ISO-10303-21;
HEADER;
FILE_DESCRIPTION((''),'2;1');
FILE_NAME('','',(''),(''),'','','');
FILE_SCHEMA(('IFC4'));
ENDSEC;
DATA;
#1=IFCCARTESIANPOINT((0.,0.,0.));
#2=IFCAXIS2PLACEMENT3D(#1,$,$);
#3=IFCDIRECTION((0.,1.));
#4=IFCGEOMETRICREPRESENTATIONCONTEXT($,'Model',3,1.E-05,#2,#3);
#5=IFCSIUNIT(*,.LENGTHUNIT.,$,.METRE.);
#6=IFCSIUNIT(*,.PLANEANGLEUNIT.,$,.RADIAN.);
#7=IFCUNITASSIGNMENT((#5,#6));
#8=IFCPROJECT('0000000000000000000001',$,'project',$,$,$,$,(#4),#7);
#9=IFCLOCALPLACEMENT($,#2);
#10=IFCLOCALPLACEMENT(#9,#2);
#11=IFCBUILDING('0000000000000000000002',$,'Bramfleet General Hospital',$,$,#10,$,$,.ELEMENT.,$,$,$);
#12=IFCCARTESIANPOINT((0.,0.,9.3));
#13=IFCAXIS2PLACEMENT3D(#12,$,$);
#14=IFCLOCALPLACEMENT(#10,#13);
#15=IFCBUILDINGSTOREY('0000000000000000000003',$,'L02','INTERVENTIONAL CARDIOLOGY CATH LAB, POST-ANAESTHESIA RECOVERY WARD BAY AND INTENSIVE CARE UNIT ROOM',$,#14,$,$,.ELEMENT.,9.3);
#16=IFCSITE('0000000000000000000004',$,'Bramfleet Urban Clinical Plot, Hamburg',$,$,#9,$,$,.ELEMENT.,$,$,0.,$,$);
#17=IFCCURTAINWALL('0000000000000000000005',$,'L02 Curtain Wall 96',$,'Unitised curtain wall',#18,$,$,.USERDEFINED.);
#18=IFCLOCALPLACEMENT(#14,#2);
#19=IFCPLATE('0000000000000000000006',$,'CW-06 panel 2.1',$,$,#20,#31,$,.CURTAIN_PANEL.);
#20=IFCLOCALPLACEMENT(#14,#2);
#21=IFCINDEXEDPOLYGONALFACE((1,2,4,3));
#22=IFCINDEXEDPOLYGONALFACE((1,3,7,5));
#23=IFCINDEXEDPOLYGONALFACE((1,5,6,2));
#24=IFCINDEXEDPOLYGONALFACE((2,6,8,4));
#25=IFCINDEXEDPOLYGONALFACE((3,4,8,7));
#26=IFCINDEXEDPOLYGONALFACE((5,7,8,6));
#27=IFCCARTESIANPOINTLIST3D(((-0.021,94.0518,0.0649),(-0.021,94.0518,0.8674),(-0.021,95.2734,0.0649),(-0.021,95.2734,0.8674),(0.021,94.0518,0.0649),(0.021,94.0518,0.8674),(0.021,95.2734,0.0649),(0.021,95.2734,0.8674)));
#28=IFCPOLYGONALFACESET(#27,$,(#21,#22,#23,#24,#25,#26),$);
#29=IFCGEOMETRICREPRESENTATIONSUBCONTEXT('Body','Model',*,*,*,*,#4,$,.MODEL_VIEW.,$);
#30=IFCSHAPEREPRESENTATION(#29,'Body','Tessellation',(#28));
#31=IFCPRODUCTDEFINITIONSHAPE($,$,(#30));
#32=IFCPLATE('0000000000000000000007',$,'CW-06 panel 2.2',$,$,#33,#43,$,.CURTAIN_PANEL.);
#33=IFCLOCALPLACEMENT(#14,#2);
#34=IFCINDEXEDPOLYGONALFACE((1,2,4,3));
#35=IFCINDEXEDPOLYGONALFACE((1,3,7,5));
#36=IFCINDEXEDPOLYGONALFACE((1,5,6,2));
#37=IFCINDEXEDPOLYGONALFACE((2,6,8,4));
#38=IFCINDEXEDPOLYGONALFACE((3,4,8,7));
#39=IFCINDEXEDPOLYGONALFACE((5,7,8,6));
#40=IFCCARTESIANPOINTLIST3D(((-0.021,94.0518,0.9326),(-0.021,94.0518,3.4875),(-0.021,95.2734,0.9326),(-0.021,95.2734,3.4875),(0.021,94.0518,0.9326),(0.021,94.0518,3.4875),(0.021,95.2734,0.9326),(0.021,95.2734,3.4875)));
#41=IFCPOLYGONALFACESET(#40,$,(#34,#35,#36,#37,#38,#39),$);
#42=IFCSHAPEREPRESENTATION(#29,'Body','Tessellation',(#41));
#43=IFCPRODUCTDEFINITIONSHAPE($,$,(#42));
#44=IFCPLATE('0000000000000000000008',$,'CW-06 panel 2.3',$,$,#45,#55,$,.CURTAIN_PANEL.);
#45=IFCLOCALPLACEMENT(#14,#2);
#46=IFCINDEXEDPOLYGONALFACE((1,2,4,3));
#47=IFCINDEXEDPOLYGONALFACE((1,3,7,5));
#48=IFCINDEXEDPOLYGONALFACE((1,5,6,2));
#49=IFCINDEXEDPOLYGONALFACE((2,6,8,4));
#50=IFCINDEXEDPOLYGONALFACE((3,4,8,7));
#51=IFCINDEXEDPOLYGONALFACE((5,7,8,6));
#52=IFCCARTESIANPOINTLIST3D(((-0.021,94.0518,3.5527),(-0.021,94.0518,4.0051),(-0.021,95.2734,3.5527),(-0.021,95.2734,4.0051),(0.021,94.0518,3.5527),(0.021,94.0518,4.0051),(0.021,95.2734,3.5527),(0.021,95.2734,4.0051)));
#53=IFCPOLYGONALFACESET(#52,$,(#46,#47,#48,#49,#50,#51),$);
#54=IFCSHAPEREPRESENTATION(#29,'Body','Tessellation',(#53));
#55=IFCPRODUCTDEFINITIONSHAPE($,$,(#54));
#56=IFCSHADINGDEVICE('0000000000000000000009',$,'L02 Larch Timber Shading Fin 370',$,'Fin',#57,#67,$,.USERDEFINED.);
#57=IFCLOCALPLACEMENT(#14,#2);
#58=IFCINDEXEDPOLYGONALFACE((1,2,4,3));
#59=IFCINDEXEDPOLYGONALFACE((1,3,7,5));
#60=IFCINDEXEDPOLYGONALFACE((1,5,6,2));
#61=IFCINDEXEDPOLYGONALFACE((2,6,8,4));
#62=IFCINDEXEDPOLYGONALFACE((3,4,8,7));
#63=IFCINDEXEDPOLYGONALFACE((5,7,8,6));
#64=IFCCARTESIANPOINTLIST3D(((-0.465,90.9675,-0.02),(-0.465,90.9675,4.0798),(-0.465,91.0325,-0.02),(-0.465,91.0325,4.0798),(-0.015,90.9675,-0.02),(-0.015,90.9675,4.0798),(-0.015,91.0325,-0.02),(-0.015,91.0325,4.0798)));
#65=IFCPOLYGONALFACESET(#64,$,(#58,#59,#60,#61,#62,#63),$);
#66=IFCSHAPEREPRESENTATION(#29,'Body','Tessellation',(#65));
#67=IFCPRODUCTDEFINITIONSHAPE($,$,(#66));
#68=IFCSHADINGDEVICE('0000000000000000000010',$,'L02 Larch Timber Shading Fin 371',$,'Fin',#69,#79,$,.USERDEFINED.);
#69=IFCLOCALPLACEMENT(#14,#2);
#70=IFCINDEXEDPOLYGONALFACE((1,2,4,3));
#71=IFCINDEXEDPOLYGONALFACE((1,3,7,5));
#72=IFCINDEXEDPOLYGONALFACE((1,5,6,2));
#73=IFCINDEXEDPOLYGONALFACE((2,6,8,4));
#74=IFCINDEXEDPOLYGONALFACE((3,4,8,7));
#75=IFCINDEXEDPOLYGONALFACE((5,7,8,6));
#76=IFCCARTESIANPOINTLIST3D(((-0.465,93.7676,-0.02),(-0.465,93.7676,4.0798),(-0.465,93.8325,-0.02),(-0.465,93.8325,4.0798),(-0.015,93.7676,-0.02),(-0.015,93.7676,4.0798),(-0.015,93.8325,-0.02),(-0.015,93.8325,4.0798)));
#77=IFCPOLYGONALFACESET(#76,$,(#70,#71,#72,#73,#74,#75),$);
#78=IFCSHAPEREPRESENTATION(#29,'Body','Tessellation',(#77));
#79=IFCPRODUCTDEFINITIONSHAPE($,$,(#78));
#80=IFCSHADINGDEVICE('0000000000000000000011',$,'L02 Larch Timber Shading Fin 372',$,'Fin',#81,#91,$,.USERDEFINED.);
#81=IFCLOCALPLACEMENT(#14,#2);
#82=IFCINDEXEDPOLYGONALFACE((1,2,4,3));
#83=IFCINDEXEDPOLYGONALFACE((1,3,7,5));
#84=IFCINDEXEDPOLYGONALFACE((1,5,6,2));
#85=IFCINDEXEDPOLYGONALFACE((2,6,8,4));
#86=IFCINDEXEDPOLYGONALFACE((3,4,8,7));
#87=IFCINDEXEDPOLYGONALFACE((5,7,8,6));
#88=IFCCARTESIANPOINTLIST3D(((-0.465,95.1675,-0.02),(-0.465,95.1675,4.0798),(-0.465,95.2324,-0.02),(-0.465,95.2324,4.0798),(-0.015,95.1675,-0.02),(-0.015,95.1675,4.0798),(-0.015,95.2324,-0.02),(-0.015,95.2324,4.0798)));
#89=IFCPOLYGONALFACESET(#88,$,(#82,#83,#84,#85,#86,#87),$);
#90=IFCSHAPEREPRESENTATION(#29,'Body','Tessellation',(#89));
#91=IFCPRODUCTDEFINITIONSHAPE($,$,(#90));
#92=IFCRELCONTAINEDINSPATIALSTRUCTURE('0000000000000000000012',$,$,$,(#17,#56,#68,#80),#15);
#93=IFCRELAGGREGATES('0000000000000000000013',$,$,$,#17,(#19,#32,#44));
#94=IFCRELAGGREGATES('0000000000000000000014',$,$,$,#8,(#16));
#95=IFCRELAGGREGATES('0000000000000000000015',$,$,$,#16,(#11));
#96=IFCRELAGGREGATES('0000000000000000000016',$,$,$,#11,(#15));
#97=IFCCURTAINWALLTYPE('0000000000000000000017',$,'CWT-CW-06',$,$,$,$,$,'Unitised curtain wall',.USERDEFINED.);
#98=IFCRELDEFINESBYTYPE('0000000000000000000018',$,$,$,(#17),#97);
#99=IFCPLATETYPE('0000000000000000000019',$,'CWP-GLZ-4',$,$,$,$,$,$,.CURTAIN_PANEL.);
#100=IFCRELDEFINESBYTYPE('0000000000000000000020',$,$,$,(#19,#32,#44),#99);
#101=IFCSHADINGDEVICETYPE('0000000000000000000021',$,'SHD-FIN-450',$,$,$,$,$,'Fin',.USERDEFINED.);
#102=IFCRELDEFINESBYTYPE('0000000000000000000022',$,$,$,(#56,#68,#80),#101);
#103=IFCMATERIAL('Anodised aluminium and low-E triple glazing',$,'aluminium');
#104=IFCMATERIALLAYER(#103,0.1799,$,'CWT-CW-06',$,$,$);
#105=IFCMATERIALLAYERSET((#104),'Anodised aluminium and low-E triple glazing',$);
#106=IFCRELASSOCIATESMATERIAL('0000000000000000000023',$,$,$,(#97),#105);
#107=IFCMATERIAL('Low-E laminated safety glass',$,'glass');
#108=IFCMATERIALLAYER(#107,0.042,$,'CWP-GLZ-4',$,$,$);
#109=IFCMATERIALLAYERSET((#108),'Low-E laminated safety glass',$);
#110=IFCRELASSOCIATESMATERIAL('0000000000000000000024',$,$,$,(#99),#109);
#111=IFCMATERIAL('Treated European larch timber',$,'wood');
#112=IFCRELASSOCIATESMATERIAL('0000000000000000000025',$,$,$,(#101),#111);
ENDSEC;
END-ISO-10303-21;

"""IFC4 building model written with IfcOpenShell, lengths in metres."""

from ifc_helpers import new_model, si_unit, direction, frame, origin, origin_2d, place, context, subcontext, project, spatial, rectangle, extrude, material, layer, layer_set, material_profile, profile_set, type_object, element, aggregate, save


model = new_model("IFC4")

# Units and contexts
model_context = context("Model", 3, precision=1e-05, world=origin(), true_north=direction((0.0, 1.0)))
body_context = subcontext(model_context, "Body", "Model", "MODEL_VIEW")
ifc_project = project(units=[si_unit("LENGTHUNIT", "METRE"), si_unit("PLANEANGLEUNIT", "RADIAN")], contexts=[model_context])

# Site, building, storey
site_placement = place(None, origin())
site = spatial("IfcSite", under=ifc_project, at=site_placement, Name="Bramfleet Urban Clinical Plot, Hamburg", CompositionType="ELEMENT", RefElevation=0.0)
building_placement = place(site_placement, origin())
building = spatial("IfcBuilding", under=site, at=building_placement, Name="Bramfleet General Hospital", CompositionType="ELEMENT")
storey_placement = place(building_placement, frame((0.0, 0.0, 9.3)))
storey = spatial("IfcBuildingStorey", under=building, at=storey_placement, Name="L02", Description="INTERVENTIONAL CARDIOLOGY CATH LAB, POST-ANAESTHESIA RECOVERY WARD BAY AND INTENSIVE CARE UNIT ROOM", CompositionType="ELEMENT", Elevation=9.3)

# Curtain wall
ifc_material_1 = material(Name="Anodised aluminium and low-E triple glazing", Category="aluminium")
ifc_layer_1 = layer(ifc_material_1, 0.1799, Name="CWT-CW-06")
ifc_layer_set_1 = layer_set([ifc_layer_1], Name="Anodised aluminium and low-E triple glazing")
curtain_wall_type_1 = type_object("IfcCurtainWallType", Name="CWT-CW-06", ElementType="Unitised curtain wall", PredefinedType="USERDEFINED", material=ifc_layer_set_1)
curtain_wall_1_placement = place(storey_placement, origin())
curtain_wall_1 = element("IfcCurtainWall", 1, at=curtain_wall_1_placement, inside=storey, type_object=curtain_wall_type_1, Name="L02 Curtain Wall 96", ObjectType="Unitised curtain wall", PredefinedType="USERDEFINED")

# Plates
ifc_material_2 = material(Name="Low-E laminated safety glass", Category="glass")
ifc_layer_2 = layer(ifc_material_2, 0.042, Name="CWP-GLZ-4")
ifc_layer_set_2 = layer_set([ifc_layer_2], Name="Low-E laminated safety glass")
plate_type_1 = type_object("IfcPlateType", Name="CWP-GLZ-4", PredefinedType="CURTAIN_PANEL", material=ifc_layer_set_2)
plate_1_placement = place(storey_placement, frame((0.0, 94.6626, 0.0649), z_axis=(0.0, 0.0, 1.0), x_axis=(0.0, 1.0, 0.0)))
plate_1 = element("IfcPlate", 2, at=plate_1_placement, type_object=plate_type_1, Name="CW-06 panel 2.1", PredefinedType="CURTAIN_PANEL", context=body_context, shape_type="SweptSolid", body=[
    extrude(rectangle(XDim=1.2217, YDim=0.042, at=origin_2d()), origin(), (0.0, 0.0, 1.0), 0.8025),
])
plate_2_placement = place(storey_placement, frame((0.0, 94.6626, 0.9326), z_axis=(0.0, 0.0, 1.0), x_axis=(0.0, 1.0, 0.0)))
plate_2 = element("IfcPlate", 3, at=plate_2_placement, type_object=plate_type_1, Name="CW-06 panel 2.2", PredefinedType="CURTAIN_PANEL", context=body_context, shape_type="SweptSolid", body=[
    extrude(rectangle(XDim=1.2217, YDim=0.042, at=origin_2d()), origin(), (0.0, 0.0, 1.0), 2.5549),
])
plate_3_placement = place(storey_placement, frame((0.0, 94.6626, 3.5527), z_axis=(0.0, 0.0, 1.0), x_axis=(0.0, 1.0, 0.0)))
plate_3 = element("IfcPlate", 4, at=plate_3_placement, type_object=plate_type_1, Name="CW-06 panel 2.3", PredefinedType="CURTAIN_PANEL", context=body_context, shape_type="SweptSolid", body=[
    extrude(rectangle(XDim=1.2217, YDim=0.042, at=origin_2d()), origin(), (0.0, 0.0, 1.0), 0.4524),
])
aggregate(curtain_wall_1, [plate_1, plate_2, plate_3])

# Shading devices
ifc_material_3 = material(Name="Treated European larch timber", Category="wood")
ifc_material_profile_1 = material_profile(ifc_material_3, rectangle(XDim=0.0649, YDim=0.45, at=origin_2d()), Name="LARCH FIN 450x65")
ifc_profile_set_1 = profile_set([ifc_material_profile_1], Name="Treated European larch timber")
shading_device_type = type_object("IfcShadingDeviceType", Name="SHD-FIN-450", ElementType="Fin", PredefinedType="USERDEFINED", material=ifc_profile_set_1)
for number, where, z_axis, x_axis, name in (
    (5, (-0.24, 91.0, -0.02), (0.0, 0.0, 1.0), (0.0, 1.0, 0.0), "L02 Larch Timber Shading Fin 370"),
    (6, (-0.24, 93.8, -0.02), (0.0, 0.0, 1.0), (0.0, 1.0, 0.0), "L02 Larch Timber Shading Fin 371"),
    (7, (-0.24, 95.2, -0.02), (0.0, 0.0, 1.0), (0.0, 1.0, 0.0), "L02 Larch Timber Shading Fin 372"),
):
    element("IfcShadingDevice", number, at=place(storey_placement, frame(where, z_axis=z_axis, x_axis=x_axis)), inside=storey, type_object=shading_device_type, Name=name, ObjectType="Fin", PredefinedType="USERDEFINED", context=body_context, shape_type="SweptSolid", body=[
        extrude(rectangle(XDim=0.0649, YDim=0.45, at=origin_2d()), origin(), (0.0, 0.0, 1.0), 4.0999),
    ])

save(model, "model.ifc")
